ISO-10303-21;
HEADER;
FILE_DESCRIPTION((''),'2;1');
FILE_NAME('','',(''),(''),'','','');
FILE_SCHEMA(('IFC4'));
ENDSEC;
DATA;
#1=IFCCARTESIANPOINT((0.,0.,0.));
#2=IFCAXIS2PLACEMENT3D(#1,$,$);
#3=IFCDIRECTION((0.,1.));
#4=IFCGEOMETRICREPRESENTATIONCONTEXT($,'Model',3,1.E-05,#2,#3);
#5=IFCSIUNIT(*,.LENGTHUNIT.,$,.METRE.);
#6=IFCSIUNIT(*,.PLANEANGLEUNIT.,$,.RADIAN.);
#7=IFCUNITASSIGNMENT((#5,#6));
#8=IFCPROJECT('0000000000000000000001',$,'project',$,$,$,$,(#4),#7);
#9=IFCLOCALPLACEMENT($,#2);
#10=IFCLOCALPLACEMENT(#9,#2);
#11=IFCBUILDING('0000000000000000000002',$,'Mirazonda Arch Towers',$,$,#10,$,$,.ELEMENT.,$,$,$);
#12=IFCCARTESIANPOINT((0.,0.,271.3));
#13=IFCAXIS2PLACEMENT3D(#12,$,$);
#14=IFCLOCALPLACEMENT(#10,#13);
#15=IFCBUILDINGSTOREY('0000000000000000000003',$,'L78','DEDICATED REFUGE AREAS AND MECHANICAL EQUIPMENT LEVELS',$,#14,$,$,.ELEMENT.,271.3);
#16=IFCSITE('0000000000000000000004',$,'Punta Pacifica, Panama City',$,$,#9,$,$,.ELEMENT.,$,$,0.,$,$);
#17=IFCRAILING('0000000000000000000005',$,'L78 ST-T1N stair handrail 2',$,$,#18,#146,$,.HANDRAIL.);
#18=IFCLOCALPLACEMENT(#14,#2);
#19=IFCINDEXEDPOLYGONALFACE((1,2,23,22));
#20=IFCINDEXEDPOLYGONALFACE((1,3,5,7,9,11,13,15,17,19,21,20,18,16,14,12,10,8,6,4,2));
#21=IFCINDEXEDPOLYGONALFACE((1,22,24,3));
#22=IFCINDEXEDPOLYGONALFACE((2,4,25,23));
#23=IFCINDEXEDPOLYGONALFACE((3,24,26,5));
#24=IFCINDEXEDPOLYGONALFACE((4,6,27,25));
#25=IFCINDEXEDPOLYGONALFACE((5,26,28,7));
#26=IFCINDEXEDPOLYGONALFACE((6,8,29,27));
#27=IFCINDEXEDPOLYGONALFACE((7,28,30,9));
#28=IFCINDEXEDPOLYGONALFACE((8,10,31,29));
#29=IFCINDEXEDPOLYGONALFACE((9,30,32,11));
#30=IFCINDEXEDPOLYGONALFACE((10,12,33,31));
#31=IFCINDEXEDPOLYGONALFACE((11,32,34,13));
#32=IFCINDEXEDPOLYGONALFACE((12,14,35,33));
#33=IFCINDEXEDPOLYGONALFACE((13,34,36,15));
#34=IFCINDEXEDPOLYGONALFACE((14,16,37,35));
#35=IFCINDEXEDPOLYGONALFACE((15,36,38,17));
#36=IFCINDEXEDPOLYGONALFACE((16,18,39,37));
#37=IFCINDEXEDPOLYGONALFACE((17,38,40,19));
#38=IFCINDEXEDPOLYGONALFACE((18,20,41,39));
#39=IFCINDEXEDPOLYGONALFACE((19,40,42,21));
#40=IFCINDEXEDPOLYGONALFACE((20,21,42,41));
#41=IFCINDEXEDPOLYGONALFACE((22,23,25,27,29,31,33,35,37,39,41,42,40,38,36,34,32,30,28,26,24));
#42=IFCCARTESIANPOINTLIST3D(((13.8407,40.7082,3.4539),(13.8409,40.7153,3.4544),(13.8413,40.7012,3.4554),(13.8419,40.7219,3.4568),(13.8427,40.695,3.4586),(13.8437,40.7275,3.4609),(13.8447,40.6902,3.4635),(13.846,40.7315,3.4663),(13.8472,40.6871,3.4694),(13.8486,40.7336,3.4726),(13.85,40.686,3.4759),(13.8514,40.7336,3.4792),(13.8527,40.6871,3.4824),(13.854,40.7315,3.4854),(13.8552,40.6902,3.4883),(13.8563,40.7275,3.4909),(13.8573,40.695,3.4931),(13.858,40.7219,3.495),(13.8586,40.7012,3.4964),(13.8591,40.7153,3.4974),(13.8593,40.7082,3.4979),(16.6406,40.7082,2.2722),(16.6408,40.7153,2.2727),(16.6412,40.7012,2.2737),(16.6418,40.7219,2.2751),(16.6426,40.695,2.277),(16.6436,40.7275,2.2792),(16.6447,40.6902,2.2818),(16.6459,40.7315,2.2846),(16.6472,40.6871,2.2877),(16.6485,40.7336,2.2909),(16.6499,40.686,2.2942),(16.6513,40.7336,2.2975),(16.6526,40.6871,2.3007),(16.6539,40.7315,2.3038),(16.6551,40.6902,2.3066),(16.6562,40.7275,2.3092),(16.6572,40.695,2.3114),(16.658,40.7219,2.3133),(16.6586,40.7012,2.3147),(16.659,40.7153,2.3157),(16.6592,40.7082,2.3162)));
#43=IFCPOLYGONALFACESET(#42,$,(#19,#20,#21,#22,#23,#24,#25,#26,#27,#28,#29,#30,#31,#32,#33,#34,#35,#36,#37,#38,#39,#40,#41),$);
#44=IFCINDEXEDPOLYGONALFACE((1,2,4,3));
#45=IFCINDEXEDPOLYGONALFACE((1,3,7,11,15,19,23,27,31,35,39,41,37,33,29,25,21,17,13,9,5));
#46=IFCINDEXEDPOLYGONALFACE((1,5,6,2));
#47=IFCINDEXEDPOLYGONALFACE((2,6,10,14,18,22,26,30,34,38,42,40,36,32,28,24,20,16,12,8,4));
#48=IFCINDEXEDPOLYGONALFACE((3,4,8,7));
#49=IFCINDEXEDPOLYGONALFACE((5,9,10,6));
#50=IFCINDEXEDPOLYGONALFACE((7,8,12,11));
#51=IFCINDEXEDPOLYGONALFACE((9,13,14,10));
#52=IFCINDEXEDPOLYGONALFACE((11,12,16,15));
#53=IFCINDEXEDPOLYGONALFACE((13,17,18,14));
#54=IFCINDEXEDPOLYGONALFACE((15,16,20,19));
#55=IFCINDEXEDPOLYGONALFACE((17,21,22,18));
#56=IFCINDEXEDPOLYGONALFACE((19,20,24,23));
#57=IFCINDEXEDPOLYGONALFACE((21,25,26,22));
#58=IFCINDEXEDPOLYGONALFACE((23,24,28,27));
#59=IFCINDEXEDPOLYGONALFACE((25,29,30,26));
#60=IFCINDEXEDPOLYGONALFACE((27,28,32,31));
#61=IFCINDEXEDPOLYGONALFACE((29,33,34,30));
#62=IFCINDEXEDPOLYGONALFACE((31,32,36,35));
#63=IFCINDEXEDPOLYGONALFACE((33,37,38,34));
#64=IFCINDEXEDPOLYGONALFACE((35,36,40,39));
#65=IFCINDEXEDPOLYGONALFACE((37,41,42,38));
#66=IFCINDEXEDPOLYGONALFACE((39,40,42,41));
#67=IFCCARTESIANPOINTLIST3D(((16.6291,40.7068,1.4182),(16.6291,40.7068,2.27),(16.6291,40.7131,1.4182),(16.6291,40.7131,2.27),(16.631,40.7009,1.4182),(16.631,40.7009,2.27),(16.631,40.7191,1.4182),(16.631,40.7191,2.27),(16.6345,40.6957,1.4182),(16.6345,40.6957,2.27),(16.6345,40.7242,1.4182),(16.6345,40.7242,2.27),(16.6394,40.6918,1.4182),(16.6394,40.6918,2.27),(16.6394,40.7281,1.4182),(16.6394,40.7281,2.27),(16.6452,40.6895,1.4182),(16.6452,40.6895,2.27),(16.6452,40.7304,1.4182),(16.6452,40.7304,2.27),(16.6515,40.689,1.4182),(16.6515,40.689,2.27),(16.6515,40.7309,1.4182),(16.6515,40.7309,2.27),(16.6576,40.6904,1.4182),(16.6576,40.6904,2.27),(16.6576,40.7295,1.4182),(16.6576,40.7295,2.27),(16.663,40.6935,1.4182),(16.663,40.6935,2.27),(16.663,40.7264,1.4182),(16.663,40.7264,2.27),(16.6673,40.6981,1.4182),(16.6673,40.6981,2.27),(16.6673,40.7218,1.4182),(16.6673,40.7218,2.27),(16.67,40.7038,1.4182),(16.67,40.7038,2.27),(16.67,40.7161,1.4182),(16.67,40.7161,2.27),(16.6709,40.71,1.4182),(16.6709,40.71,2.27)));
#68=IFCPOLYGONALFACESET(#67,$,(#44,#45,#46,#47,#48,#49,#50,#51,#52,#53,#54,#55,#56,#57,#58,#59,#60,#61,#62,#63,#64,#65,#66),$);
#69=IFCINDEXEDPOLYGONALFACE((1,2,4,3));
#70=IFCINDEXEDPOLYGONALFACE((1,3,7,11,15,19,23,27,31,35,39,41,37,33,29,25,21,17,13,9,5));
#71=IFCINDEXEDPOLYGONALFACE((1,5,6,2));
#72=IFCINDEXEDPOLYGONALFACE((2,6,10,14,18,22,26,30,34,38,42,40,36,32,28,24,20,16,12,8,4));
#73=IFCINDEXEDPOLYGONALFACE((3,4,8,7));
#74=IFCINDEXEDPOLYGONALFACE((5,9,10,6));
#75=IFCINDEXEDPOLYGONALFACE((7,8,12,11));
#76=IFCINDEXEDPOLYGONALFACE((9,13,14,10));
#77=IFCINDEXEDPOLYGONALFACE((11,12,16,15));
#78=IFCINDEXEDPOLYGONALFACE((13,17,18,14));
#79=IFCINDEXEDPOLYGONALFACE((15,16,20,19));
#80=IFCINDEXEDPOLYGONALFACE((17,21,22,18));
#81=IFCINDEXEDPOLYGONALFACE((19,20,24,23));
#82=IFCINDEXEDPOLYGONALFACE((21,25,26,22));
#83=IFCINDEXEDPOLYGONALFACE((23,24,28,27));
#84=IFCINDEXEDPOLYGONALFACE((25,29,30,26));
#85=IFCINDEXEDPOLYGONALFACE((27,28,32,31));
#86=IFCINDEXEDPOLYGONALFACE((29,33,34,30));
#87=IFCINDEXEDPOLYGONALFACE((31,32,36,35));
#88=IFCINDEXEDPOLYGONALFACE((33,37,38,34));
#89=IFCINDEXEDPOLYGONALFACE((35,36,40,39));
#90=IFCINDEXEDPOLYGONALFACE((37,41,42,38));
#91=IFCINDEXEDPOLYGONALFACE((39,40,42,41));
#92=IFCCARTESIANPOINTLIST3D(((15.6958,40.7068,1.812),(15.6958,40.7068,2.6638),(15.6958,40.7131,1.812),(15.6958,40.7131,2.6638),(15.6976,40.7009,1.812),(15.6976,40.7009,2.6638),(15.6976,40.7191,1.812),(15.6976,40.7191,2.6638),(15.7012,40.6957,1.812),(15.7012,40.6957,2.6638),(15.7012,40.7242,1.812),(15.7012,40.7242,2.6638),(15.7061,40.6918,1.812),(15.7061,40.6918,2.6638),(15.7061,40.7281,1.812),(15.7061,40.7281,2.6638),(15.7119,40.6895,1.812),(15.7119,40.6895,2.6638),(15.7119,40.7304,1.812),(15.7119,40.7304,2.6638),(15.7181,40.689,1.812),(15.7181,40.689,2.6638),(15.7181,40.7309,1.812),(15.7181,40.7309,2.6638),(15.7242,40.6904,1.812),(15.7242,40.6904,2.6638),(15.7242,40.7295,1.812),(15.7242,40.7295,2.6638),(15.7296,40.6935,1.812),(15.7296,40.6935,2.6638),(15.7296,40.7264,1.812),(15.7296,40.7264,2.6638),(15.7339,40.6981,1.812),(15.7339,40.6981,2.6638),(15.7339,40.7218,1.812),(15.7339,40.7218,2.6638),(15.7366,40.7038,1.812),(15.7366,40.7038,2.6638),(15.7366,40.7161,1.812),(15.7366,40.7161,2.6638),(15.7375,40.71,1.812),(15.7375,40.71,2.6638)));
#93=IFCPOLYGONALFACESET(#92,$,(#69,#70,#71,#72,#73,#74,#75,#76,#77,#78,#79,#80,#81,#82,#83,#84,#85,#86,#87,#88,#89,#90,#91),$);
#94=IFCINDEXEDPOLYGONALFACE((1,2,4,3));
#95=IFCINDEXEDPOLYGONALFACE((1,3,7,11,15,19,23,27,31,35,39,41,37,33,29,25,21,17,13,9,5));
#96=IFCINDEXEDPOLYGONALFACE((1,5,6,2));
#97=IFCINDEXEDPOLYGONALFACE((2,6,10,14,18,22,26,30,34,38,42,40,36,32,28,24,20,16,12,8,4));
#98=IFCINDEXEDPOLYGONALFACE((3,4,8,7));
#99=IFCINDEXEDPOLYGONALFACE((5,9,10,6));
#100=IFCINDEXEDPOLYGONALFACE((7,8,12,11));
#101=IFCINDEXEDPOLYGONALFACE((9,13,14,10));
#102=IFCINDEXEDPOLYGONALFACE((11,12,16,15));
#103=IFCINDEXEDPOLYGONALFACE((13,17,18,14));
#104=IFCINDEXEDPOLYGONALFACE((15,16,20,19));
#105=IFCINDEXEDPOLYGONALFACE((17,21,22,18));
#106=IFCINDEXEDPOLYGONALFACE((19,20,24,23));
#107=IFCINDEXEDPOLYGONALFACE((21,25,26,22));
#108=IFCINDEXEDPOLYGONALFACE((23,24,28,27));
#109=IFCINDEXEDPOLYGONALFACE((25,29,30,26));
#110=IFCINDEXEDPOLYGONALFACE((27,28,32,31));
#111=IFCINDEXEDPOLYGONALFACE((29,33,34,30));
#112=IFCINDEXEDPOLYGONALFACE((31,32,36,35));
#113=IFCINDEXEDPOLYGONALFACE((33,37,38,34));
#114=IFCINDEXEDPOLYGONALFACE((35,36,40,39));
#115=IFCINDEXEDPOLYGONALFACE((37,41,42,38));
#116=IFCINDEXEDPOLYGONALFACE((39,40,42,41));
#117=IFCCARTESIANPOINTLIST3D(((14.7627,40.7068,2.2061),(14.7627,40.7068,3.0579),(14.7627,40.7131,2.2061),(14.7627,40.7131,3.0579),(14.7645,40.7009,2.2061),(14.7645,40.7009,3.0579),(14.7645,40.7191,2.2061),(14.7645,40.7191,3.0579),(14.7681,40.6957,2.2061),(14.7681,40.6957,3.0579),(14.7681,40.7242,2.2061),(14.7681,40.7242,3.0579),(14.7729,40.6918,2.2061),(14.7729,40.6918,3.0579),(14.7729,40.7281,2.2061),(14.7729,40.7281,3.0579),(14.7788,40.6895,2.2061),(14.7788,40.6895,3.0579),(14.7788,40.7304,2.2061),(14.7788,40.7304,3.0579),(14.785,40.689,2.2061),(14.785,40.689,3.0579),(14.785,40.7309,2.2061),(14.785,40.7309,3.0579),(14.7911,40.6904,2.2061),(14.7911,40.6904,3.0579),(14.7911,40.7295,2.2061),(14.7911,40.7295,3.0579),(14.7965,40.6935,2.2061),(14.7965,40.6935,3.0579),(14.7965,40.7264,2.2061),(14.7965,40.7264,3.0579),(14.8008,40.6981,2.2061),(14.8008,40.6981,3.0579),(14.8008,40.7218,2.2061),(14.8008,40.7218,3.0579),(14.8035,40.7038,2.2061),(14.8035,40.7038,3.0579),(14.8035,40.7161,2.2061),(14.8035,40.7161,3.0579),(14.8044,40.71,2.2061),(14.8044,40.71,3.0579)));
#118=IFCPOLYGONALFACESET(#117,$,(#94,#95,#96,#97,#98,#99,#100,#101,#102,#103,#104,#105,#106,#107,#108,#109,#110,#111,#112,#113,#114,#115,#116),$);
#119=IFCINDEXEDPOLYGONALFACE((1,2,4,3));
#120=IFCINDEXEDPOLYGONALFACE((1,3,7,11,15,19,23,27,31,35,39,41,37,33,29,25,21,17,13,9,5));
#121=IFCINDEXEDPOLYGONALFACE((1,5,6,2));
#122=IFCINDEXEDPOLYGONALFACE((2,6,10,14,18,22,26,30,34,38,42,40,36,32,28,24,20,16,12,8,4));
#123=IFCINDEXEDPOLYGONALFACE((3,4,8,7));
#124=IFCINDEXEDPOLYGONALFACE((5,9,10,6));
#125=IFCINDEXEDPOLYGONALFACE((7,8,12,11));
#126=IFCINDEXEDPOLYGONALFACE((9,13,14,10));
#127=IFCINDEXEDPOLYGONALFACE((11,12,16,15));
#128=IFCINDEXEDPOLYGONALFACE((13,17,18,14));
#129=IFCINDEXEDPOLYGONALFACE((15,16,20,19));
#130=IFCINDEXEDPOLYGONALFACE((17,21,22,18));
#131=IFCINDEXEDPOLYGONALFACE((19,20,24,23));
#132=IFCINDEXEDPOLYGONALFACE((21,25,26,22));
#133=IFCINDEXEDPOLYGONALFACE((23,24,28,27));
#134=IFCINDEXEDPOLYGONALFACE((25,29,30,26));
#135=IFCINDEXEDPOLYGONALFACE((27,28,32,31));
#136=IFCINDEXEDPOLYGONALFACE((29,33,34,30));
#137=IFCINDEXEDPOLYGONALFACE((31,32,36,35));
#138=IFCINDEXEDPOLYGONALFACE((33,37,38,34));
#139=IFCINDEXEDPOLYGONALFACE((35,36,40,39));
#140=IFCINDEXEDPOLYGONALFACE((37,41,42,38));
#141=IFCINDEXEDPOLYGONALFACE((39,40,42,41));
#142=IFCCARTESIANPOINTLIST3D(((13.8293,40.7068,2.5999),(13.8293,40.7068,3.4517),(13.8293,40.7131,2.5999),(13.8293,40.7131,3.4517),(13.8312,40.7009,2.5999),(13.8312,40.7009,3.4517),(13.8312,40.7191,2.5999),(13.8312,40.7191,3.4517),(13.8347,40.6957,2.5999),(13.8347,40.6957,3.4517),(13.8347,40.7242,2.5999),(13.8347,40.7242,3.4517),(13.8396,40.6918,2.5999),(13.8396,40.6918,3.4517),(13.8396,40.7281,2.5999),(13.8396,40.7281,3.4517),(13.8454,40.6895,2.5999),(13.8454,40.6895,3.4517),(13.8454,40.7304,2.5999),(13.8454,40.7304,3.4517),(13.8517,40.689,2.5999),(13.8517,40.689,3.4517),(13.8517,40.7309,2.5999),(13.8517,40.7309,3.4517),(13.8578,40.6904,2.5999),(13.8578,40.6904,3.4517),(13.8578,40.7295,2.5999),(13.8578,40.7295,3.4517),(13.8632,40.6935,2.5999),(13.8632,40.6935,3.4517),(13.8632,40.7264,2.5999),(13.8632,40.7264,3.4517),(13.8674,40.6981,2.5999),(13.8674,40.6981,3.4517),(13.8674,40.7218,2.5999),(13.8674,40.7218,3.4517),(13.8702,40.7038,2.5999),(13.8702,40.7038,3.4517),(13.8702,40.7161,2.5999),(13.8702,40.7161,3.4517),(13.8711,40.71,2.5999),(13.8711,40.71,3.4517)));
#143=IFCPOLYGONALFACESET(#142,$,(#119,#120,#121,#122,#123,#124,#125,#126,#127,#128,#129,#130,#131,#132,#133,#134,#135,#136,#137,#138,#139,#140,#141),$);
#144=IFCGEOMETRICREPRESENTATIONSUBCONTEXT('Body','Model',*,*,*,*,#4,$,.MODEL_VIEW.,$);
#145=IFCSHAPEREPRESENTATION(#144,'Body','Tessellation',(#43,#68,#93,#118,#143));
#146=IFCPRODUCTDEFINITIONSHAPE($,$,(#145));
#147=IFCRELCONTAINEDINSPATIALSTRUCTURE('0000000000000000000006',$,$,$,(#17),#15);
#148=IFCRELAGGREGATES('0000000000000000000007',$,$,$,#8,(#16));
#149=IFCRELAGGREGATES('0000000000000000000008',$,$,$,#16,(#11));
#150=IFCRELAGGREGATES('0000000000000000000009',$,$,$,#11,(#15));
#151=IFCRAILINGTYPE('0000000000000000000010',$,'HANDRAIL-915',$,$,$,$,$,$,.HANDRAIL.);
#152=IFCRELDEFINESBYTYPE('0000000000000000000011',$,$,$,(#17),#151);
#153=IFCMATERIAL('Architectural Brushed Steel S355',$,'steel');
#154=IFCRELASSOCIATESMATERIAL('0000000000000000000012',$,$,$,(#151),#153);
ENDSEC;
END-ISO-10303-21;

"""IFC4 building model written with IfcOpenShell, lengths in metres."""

from ifc_helpers import new_model, si_unit, direction, frame, origin, origin_2d, place, context, subcontext, project, spatial, circle, extrude, material, type_object, element, save


model = new_model("IFC4")

# Units and contexts
model_context = context("Model", 3, precision=1e-05, world=origin(), true_north=direction((0.0, 1.0)))
body_context = subcontext(model_context, "Body", "Model", "MODEL_VIEW")
ifc_project = project(units=[si_unit("LENGTHUNIT", "METRE"), si_unit("PLANEANGLEUNIT", "RADIAN")], contexts=[model_context])

# Site, building, storey
site_placement = place(None, origin())
site = spatial("IfcSite", under=ifc_project, at=site_placement, Name="Punta Pacifica, Panama City", CompositionType="ELEMENT", RefElevation=0.0)
building_placement = place(site_placement, origin())
building = spatial("IfcBuilding", under=site, at=building_placement, Name="Mirazonda Arch Towers", CompositionType="ELEMENT")
storey_placement = place(building_placement, frame((0.0, 0.0, 271.3)))
storey = spatial("IfcBuildingStorey", under=building, at=storey_placement, Name="L78", Description="DEDICATED REFUGE AREAS AND MECHANICAL EQUIPMENT LEVELS", CompositionType="ELEMENT", Elevation=271.3)

# Shared definitions
ifc_material_1 = material(Name="Architectural Brushed Steel S355", Category="steel")

# Railing
railing_type_1 = type_object("IfcRailingType", Name="HANDRAIL-915", PredefinedType="HANDRAIL", material=ifc_material_1)
railing_1_placement = place(storey_placement, frame((16.6499, 40.71, 1.4182)))
element("IfcRailing", 1, at=railing_1_placement, inside=storey, type_object=railing_type_1, Name="L78 ST-T1N stair handrail 2", PredefinedType="HANDRAIL", context=body_context, shape_type="SweptSolid", body=[
    extrude(circle(Radius=0.0239, at=origin_2d()), frame((0.0, 0.0, 0.876), z_axis=(-0.921308, 0.0, 0.388833), x_axis=(0.0, -1.0, 0.0)), (0.0, 0.0, 1.0), 3.0391),
    extrude(circle(Radius=0.021, at=origin_2d()), origin(), (0.0, 0.0, 1.0), 0.8518),
    extrude(circle(Radius=0.021, at=origin_2d()), frame((-0.9333, 0.0, 0.3938)), (0.0, 0.0, 1.0), 0.8518),
    extrude(circle(Radius=0.021, at=origin_2d()), frame((-1.8665, 0.0, 0.7878)), (0.0, 0.0, 1.0), 0.8518),
    extrude(circle(Radius=0.021, at=origin_2d()), frame((-2.7998, 0.0, 1.1816)), (0.0, 0.0, 1.0), 0.8518),
])

save(model, "model.ifc")
